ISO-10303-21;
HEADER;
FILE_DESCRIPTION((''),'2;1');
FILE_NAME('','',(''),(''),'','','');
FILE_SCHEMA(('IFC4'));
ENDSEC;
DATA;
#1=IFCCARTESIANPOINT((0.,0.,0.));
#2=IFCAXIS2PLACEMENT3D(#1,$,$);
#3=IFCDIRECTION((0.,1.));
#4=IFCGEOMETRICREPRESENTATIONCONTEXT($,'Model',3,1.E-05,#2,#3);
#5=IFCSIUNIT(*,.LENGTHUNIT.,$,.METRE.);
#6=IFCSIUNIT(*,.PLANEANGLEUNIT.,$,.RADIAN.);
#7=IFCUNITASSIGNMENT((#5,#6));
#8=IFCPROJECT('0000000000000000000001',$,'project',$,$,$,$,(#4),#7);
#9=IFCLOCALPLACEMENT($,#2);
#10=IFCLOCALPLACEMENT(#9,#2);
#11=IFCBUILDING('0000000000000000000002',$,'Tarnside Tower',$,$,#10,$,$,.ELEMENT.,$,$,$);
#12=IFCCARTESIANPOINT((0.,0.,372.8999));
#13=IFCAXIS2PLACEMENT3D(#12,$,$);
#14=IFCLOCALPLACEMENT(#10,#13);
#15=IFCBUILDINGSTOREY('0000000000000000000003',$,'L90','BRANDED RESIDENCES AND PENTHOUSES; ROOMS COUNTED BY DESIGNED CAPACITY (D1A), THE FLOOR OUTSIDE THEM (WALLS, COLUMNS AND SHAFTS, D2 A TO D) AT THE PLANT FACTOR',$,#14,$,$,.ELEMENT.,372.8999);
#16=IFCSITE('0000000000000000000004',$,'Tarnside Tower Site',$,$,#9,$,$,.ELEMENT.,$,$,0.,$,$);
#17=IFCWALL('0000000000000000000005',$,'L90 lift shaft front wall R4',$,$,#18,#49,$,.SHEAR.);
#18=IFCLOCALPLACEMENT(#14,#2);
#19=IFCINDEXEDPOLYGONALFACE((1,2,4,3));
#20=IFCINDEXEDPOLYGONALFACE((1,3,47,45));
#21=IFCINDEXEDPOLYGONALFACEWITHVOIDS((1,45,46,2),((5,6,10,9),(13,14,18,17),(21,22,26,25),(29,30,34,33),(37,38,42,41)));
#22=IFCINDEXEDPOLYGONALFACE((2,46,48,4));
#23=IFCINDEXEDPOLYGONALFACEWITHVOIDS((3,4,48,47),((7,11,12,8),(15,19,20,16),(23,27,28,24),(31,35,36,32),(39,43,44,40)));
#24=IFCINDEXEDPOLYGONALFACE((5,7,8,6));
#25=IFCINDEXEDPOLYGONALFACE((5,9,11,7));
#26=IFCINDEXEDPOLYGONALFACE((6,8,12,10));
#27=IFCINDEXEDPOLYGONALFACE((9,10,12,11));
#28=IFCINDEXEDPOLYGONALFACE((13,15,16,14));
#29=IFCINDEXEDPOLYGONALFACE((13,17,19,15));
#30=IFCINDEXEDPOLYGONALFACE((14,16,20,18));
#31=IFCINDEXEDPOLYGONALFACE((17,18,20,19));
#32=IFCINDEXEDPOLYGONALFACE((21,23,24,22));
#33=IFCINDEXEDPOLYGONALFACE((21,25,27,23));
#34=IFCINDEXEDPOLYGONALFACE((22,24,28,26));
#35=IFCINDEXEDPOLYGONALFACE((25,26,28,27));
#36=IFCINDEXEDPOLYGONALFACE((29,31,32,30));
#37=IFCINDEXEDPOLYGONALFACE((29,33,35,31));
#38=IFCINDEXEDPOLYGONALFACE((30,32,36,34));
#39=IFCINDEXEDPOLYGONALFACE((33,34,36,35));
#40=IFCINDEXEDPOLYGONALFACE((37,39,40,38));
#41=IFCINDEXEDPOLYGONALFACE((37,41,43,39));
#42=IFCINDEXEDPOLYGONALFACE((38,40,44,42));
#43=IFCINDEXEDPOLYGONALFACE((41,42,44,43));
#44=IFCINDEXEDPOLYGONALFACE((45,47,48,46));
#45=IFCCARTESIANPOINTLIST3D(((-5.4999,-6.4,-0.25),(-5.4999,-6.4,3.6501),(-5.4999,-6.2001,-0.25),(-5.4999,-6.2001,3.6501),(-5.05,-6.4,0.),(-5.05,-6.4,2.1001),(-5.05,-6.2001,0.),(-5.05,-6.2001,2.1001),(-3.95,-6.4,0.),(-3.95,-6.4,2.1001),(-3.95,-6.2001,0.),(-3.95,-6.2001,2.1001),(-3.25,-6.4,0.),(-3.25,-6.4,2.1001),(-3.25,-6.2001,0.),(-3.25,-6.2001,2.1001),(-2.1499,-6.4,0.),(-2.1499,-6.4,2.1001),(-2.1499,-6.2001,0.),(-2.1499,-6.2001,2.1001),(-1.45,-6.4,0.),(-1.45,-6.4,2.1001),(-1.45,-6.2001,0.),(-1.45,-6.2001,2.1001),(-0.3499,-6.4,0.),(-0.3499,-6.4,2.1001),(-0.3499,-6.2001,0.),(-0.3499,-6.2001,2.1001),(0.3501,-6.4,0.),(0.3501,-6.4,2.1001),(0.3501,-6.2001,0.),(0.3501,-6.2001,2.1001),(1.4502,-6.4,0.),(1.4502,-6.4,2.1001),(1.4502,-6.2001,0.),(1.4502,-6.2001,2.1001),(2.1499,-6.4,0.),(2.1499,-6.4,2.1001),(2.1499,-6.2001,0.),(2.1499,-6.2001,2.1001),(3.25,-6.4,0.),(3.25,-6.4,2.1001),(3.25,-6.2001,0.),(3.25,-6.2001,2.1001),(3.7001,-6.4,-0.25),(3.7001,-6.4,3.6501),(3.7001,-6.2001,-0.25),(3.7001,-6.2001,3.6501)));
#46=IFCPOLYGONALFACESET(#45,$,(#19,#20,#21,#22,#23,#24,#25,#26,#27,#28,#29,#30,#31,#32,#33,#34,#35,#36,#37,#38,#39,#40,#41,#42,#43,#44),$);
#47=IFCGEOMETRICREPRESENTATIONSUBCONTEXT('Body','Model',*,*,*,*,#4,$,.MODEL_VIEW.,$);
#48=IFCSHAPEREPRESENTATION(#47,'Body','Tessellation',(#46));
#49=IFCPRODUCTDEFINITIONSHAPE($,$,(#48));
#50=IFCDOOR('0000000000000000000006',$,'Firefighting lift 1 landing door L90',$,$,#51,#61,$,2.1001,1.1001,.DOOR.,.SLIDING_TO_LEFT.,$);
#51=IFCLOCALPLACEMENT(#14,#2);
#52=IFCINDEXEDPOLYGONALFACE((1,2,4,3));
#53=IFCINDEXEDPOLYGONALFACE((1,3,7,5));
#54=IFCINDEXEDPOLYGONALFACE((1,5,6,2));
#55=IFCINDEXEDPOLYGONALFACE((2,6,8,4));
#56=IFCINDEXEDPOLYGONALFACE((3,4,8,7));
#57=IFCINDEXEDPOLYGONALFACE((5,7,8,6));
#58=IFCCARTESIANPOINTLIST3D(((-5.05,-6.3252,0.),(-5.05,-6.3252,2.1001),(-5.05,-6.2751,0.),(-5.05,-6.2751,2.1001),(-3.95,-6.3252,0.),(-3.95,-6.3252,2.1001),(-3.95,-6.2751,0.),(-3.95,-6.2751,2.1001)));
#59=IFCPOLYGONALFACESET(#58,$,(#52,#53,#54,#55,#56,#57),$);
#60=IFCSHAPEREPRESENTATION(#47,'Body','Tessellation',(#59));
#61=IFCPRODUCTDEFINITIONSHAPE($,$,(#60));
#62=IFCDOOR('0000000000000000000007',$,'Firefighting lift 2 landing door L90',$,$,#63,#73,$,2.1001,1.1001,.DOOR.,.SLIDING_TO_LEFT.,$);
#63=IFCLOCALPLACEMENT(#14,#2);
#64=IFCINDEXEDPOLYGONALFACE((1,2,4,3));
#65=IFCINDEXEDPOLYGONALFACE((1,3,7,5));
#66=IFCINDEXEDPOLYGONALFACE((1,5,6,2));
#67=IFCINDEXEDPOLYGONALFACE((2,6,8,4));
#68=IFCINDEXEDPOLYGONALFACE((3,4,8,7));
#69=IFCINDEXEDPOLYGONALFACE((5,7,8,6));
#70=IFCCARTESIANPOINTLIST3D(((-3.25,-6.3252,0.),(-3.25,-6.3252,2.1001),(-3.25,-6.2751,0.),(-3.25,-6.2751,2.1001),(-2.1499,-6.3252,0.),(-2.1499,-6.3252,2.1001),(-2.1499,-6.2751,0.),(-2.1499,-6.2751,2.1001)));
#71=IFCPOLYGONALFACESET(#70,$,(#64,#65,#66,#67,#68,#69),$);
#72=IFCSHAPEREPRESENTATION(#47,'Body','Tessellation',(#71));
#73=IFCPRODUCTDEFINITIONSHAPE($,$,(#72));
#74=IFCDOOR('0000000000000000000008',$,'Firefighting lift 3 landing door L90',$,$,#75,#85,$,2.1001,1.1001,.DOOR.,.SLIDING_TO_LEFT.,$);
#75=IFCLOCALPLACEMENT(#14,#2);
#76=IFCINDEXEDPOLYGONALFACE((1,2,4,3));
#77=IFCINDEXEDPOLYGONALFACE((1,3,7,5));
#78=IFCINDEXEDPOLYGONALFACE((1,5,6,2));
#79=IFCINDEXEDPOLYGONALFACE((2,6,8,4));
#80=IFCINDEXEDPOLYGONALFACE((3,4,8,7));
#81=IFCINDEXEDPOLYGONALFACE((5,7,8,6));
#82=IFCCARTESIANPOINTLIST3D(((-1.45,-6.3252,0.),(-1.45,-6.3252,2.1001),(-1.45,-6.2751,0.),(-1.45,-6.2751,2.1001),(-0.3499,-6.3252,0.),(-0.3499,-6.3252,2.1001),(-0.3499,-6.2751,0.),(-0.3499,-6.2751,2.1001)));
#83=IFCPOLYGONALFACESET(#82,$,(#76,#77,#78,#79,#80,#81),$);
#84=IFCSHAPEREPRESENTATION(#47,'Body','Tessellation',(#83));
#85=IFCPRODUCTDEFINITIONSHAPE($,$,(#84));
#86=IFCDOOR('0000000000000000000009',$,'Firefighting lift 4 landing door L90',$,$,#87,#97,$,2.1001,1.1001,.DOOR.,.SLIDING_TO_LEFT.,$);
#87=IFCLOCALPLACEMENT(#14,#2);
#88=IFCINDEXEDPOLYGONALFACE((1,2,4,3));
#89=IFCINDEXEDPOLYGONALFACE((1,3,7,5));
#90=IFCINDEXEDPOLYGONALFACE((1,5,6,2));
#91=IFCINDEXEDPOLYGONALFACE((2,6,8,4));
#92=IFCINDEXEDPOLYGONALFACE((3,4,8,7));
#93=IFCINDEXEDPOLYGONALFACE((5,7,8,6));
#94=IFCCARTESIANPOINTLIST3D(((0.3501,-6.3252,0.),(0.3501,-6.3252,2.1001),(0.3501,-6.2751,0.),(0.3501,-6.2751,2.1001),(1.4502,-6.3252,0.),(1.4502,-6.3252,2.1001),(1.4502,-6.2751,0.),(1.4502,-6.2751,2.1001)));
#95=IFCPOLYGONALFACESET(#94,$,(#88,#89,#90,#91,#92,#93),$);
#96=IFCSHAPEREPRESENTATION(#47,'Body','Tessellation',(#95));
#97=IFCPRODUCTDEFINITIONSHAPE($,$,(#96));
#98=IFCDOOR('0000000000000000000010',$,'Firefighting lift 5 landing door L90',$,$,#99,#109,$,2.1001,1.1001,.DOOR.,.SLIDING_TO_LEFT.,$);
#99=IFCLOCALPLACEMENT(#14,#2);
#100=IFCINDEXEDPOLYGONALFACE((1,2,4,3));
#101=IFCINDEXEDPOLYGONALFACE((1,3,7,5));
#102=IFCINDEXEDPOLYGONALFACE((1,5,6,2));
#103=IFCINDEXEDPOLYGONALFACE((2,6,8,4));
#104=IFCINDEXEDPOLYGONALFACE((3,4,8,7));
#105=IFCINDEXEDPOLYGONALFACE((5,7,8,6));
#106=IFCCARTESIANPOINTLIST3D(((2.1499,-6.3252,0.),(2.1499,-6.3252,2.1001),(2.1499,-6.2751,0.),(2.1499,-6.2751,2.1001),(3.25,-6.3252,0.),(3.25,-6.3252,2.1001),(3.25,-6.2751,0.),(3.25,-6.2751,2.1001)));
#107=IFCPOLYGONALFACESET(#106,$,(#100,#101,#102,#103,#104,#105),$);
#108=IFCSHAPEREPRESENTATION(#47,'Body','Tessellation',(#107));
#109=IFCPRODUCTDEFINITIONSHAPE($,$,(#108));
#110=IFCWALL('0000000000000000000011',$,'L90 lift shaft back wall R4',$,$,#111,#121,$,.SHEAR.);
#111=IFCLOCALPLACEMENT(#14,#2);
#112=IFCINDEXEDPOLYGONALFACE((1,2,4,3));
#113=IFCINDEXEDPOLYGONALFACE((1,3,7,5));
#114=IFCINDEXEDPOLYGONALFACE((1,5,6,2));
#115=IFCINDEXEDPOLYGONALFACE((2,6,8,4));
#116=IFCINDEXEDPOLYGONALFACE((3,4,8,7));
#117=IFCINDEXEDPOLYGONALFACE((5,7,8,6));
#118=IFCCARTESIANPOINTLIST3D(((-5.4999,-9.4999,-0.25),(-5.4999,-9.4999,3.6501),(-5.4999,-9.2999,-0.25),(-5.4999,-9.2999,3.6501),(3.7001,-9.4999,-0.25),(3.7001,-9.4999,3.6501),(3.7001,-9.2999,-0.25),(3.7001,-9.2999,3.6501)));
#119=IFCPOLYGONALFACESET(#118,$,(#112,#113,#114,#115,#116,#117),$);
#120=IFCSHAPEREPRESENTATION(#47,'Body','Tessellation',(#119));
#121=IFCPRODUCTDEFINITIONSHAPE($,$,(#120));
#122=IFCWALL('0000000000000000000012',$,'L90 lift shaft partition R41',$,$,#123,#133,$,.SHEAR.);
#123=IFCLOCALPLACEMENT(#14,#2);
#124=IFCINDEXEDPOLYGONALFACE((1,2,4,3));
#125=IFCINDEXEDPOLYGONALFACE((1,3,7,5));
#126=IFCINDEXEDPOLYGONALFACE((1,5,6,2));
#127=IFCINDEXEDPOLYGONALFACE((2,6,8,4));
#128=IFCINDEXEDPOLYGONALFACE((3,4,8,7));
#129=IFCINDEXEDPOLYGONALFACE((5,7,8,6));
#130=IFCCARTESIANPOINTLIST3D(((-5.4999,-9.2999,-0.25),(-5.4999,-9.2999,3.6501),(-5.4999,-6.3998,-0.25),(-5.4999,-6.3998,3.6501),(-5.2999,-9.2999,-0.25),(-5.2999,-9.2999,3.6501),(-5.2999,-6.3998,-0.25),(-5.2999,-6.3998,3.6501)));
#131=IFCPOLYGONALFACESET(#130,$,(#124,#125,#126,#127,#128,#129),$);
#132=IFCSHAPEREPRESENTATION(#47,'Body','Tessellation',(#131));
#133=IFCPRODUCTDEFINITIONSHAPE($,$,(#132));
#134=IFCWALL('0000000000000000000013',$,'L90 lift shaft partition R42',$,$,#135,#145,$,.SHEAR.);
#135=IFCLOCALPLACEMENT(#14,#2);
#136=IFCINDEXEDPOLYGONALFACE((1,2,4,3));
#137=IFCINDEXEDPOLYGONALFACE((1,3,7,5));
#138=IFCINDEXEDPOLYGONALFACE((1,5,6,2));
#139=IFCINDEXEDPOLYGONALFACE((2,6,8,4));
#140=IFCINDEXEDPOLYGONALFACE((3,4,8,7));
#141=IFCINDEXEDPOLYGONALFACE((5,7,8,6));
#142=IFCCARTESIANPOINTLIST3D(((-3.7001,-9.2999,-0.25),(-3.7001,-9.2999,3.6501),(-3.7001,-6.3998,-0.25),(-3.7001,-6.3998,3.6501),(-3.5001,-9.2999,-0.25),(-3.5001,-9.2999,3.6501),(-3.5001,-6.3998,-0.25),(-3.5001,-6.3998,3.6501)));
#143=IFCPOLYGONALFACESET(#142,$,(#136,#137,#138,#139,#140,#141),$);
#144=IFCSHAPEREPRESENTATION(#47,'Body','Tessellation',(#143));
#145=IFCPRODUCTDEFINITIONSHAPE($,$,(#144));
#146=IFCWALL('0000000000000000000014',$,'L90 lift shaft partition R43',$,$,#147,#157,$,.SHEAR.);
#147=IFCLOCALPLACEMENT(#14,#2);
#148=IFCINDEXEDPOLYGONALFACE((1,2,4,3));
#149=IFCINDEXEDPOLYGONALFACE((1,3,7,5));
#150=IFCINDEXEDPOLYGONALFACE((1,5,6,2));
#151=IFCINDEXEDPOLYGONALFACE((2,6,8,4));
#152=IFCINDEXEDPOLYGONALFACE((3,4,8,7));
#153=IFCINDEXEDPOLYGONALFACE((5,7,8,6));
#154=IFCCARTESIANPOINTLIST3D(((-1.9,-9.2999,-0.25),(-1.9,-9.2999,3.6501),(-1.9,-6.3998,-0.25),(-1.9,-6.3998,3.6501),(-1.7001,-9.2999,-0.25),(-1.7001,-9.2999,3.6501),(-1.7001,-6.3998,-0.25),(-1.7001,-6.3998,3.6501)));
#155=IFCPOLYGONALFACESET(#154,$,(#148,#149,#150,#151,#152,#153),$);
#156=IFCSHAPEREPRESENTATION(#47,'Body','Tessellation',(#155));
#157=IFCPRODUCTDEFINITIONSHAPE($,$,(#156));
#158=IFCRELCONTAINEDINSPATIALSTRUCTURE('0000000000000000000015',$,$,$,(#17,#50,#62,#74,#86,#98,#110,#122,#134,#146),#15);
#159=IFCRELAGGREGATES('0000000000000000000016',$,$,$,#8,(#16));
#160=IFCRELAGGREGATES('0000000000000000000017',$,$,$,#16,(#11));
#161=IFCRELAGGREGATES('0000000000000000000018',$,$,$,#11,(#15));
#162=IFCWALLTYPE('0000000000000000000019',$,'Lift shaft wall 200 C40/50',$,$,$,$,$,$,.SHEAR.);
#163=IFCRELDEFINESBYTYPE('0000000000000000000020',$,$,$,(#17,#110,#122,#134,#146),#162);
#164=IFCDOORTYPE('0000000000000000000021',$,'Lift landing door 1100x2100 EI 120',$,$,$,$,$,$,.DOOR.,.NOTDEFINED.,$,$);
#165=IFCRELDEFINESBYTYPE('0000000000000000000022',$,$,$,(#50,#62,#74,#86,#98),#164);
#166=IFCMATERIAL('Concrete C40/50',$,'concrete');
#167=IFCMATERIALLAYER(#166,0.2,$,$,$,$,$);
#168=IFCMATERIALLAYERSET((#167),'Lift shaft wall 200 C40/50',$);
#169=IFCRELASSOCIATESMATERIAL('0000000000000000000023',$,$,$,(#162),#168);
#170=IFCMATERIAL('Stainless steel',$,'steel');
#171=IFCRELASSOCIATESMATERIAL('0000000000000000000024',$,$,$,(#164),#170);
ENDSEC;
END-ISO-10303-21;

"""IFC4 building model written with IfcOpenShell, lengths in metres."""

from ifc_helpers import new_model, si_unit, direction, frame, frame_2d, origin, place, context, subcontext, project, spatial, rectangle, extrude, material, layer, layer_set, type_object, element, fill, save


model = new_model("IFC4")

# Units and contexts
model_context = context("Model", 3, precision=1e-05, world=origin(), true_north=direction((0.0, 1.0)))
body_context = subcontext(model_context, "Body", "Model", "MODEL_VIEW")
ifc_project = project(units=[si_unit("LENGTHUNIT", "METRE"), si_unit("PLANEANGLEUNIT", "RADIAN")], contexts=[model_context])

# Site, building, storey
site_placement = place(None, origin())
site = spatial("IfcSite", under=ifc_project, at=site_placement, Name="Tarnside Tower Site", CompositionType="ELEMENT", RefElevation=0.0)
building_placement = place(site_placement, origin())
building = spatial("IfcBuilding", under=site, at=building_placement, Name="Tarnside Tower", CompositionType="ELEMENT")
storey_placement = place(building_placement, frame((0.0, 0.0, 372.8999)))
storey = spatial("IfcBuildingStorey", under=building, at=storey_placement, Name="L90", Description="BRANDED RESIDENCES AND PENTHOUSES; ROOMS COUNTED BY DESIGNED CAPACITY (D1A), THE FLOOR OUTSIDE THEM (WALLS, COLUMNS AND SHAFTS, D2 A TO D) AT THE PLANT FACTOR", CompositionType="ELEMENT", Elevation=372.8999)

# Shared definitions
ifc_material_1 = material(Name="Concrete C40/50", Category="concrete")

# Wall, openings, doors
ifc_layer_1 = layer(ifc_material_1, 0.2)
ifc_layer_set_1 = layer_set([ifc_layer_1], Name="Lift shaft wall 200 C40/50")
wall_type_1 = type_object("IfcWallType", Name="Lift shaft wall 200 C40/50", PredefinedType="SHEAR", material=ifc_layer_set_1)
wall_1_placement = place(storey_placement, frame((-5.5, -6.3, -0.25), z_axis=(0.0, 0.0, 1.0), x_axis=(1.0, 0.0, 0.0)))
wall_1 = element("IfcWall", 1, at=wall_1_placement, inside=storey, type_object=wall_type_1, Name="L90 lift shaft front wall R4", PredefinedType="SHEAR", context=body_context, shape_type="SweptSolid", body=[
    extrude(rectangle(XDim=9.2, YDim=0.2, at=frame_2d((4.6001, 0.0))), origin(), (0.0, 0.0, 1.0), 3.9001),
])
opening_1_placement = place(wall_1_placement, frame((0.45, 0.0, 0.25)))
opening_1 = element("IfcOpeningElement", 2, at=opening_1_placement, cuts=wall_1, PredefinedType="OPENING", context=body_context, shape_type="SweptSolid", body=[
    extrude(rectangle(XDim=1.1001, YDim=2.1001, at=frame_2d((0.55, 1.05))), frame((0.0, 0.1099, 0.0), z_axis=(0.0, -1.0, 0.0), x_axis=(1.0, 0.0, 0.0)), (0.0, 0.0, 1.0), 0.22),
])
opening_2_placement = place(wall_1_placement, frame((2.25, 0.0, 0.25)))
opening_2 = element("IfcOpeningElement", 3, at=opening_2_placement, cuts=wall_1, PredefinedType="OPENING", context=body_context, shape_type="SweptSolid", body=[
    extrude(rectangle(XDim=1.1001, YDim=2.1001, at=frame_2d((0.55, 1.05))), frame((0.0, 0.1099, 0.0), z_axis=(0.0, -1.0, 0.0), x_axis=(1.0, 0.0, 0.0)), (0.0, 0.0, 1.0), 0.22),
])
opening_3_placement = place(wall_1_placement, frame((4.05, 0.0, 0.25)))
opening_3 = element("IfcOpeningElement", 4, at=opening_3_placement, cuts=wall_1, PredefinedType="OPENING", context=body_context, shape_type="SweptSolid", body=[
    extrude(rectangle(XDim=1.1001, YDim=2.1001, at=frame_2d((0.55, 1.05))), frame((0.0, 0.1099, 0.0), z_axis=(0.0, -1.0, 0.0), x_axis=(1.0, 0.0, 0.0)), (0.0, 0.0, 1.0), 0.22),
])
opening_4_placement = place(wall_1_placement, frame((5.8501, 0.0, 0.25)))
opening_4 = element("IfcOpeningElement", 5, at=opening_4_placement, cuts=wall_1, PredefinedType="OPENING", context=body_context, shape_type="SweptSolid", body=[
    extrude(rectangle(XDim=1.1001, YDim=2.1001, at=frame_2d((0.55, 1.05))), frame((0.0, 0.1099, 0.0), z_axis=(0.0, -1.0, 0.0), x_axis=(1.0, 0.0, 0.0)), (0.0, 0.0, 1.0), 0.22),
])
opening_5_placement = place(wall_1_placement, frame((7.6499, 0.0, 0.25)))
opening_5 = element("IfcOpeningElement", 6, at=opening_5_placement, cuts=wall_1, PredefinedType="OPENING", context=body_context, shape_type="SweptSolid", body=[
    extrude(rectangle(XDim=1.1001, YDim=2.1001, at=frame_2d((0.55, 1.05))), frame((0.0, 0.1099, 0.0), z_axis=(0.0, -1.0, 0.0), x_axis=(1.0, 0.0, 0.0)), (0.0, 0.0, 1.0), 0.22),
])
ifc_material_2 = material(Name="Stainless steel", Category="steel")
door_type_1 = type_object("IfcDoorType", Name="Lift landing door 1100x2100 EI 120", OperationType="NOTDEFINED", PredefinedType="DOOR", material=ifc_material_2)
door_1_placement = place(opening_1_placement, origin())
door_1 = element("IfcDoor", 7, at=door_1_placement, inside=storey, type_object=door_type_1, Name="Firefighting lift 1 landing door L90", OperationType="SLIDING_TO_LEFT", OverallHeight=2.1001, OverallWidth=1.1001, PredefinedType="DOOR", context=body_context, shape_type="SweptSolid", body=[
    extrude(rectangle(XDim=1.1001, YDim=2.1001, at=frame_2d((0.55, 1.05))), frame((0.0, 0.0249, 0.0), z_axis=(0.0, -1.0, 0.0), x_axis=(1.0, 0.0, 0.0)), (0.0, 0.0, 1.0), 0.05),
])
fill(opening_1, door_1)
door_2_placement = place(opening_2_placement, origin())
door_2 = element("IfcDoor", 8, at=door_2_placement, inside=storey, type_object=door_type_1, Name="Firefighting lift 2 landing door L90", OperationType="SLIDING_TO_LEFT", OverallHeight=2.1001, OverallWidth=1.1001, PredefinedType="DOOR", context=body_context, shape_type="SweptSolid", body=[
    extrude(rectangle(XDim=1.1001, YDim=2.1001, at=frame_2d((0.55, 1.05))), frame((0.0, 0.0249, 0.0), z_axis=(0.0, -1.0, 0.0), x_axis=(1.0, 0.0, 0.0)), (0.0, 0.0, 1.0), 0.05),
])
fill(opening_2, door_2)
door_3_placement = place(opening_3_placement, origin())
door_3 = element("IfcDoor", 9, at=door_3_placement, inside=storey, type_object=door_type_1, Name="Firefighting lift 3 landing door L90", OperationType="SLIDING_TO_LEFT", OverallHeight=2.1001, OverallWidth=1.1001, PredefinedType="DOOR", context=body_context, shape_type="SweptSolid", body=[
    extrude(rectangle(XDim=1.1001, YDim=2.1001, at=frame_2d((0.55, 1.05))), frame((0.0, 0.0249, 0.0), z_axis=(0.0, -1.0, 0.0), x_axis=(1.0, 0.0, 0.0)), (0.0, 0.0, 1.0), 0.05),
])
fill(opening_3, door_3)
door_4_placement = place(opening_4_placement, origin())
door_4 = element("IfcDoor", 10, at=door_4_placement, inside=storey, type_object=door_type_1, Name="Firefighting lift 4 landing door L90", OperationType="SLIDING_TO_LEFT", OverallHeight=2.1001, OverallWidth=1.1001, PredefinedType="DOOR", context=body_context, shape_type="SweptSolid", body=[
    extrude(rectangle(XDim=1.1001, YDim=2.1001, at=frame_2d((0.55, 1.05))), frame((0.0, 0.0249, 0.0), z_axis=(0.0, -1.0, 0.0), x_axis=(1.0, 0.0, 0.0)), (0.0, 0.0, 1.0), 0.05),
])
fill(opening_4, door_4)
door_5_placement = place(opening_5_placement, origin())
door_5 = element("IfcDoor", 11, at=door_5_placement, inside=storey, type_object=door_type_1, Name="Firefighting lift 5 landing door L90", OperationType="SLIDING_TO_LEFT", OverallHeight=2.1001, OverallWidth=1.1001, PredefinedType="DOOR", context=body_context, shape_type="SweptSolid", body=[
    extrude(rectangle(XDim=1.1001, YDim=2.1001, at=frame_2d((0.55, 1.05))), frame((0.0, 0.0249, 0.0), z_axis=(0.0, -1.0, 0.0), x_axis=(1.0, 0.0, 0.0)), (0.0, 0.0, 1.0), 0.05),
])
fill(opening_5, door_5)

# Walls
wall_2_placement = place(storey_placement, frame((-5.5, -9.3999, -0.25), z_axis=(0.0, 0.0, 1.0), x_axis=(1.0, 0.0, 0.0)))
element("IfcWall", 12, at=wall_2_placement, inside=storey, type_object=wall_type_1, Name="L90 lift shaft back wall R4", PredefinedType="SHEAR", context=body_context, shape_type="SweptSolid", body=[
    extrude(rectangle(XDim=9.2, YDim=0.2, at=frame_2d((4.6001, 0.0))), origin(), (0.0, 0.0, 1.0), 3.9001),
])
for number, where, z_axis, x_axis, name in (
    (13, (-5.3999, -9.3, -0.25), (0.0, 0.0, 1.0), (0.0, 1.0, 0.0), "L90 lift shaft partition R41"),
    (14, (-3.6001, -9.3, -0.25), (0.0, 0.0, 1.0), (0.0, 1.0, 0.0), "L90 lift shaft partition R42"),
    (15, (-1.8, -9.3, -0.25), (0.0, 0.0, 1.0), (0.0, 1.0, 0.0), "L90 lift shaft partition R43"),
):
    element("IfcWall", number, at=place(storey_placement, frame(where, z_axis=z_axis, x_axis=x_axis)), inside=storey, type_object=wall_type_1, Name=name, PredefinedType="SHEAR", context=body_context, shape_type="SweptSolid", body=[
        extrude(rectangle(XDim=2.9001, YDim=0.2, at=frame_2d((1.4502, 0.0))), origin(), (0.0, 0.0, 1.0), 3.9001),
    ])

save(model, "model.ifc")
